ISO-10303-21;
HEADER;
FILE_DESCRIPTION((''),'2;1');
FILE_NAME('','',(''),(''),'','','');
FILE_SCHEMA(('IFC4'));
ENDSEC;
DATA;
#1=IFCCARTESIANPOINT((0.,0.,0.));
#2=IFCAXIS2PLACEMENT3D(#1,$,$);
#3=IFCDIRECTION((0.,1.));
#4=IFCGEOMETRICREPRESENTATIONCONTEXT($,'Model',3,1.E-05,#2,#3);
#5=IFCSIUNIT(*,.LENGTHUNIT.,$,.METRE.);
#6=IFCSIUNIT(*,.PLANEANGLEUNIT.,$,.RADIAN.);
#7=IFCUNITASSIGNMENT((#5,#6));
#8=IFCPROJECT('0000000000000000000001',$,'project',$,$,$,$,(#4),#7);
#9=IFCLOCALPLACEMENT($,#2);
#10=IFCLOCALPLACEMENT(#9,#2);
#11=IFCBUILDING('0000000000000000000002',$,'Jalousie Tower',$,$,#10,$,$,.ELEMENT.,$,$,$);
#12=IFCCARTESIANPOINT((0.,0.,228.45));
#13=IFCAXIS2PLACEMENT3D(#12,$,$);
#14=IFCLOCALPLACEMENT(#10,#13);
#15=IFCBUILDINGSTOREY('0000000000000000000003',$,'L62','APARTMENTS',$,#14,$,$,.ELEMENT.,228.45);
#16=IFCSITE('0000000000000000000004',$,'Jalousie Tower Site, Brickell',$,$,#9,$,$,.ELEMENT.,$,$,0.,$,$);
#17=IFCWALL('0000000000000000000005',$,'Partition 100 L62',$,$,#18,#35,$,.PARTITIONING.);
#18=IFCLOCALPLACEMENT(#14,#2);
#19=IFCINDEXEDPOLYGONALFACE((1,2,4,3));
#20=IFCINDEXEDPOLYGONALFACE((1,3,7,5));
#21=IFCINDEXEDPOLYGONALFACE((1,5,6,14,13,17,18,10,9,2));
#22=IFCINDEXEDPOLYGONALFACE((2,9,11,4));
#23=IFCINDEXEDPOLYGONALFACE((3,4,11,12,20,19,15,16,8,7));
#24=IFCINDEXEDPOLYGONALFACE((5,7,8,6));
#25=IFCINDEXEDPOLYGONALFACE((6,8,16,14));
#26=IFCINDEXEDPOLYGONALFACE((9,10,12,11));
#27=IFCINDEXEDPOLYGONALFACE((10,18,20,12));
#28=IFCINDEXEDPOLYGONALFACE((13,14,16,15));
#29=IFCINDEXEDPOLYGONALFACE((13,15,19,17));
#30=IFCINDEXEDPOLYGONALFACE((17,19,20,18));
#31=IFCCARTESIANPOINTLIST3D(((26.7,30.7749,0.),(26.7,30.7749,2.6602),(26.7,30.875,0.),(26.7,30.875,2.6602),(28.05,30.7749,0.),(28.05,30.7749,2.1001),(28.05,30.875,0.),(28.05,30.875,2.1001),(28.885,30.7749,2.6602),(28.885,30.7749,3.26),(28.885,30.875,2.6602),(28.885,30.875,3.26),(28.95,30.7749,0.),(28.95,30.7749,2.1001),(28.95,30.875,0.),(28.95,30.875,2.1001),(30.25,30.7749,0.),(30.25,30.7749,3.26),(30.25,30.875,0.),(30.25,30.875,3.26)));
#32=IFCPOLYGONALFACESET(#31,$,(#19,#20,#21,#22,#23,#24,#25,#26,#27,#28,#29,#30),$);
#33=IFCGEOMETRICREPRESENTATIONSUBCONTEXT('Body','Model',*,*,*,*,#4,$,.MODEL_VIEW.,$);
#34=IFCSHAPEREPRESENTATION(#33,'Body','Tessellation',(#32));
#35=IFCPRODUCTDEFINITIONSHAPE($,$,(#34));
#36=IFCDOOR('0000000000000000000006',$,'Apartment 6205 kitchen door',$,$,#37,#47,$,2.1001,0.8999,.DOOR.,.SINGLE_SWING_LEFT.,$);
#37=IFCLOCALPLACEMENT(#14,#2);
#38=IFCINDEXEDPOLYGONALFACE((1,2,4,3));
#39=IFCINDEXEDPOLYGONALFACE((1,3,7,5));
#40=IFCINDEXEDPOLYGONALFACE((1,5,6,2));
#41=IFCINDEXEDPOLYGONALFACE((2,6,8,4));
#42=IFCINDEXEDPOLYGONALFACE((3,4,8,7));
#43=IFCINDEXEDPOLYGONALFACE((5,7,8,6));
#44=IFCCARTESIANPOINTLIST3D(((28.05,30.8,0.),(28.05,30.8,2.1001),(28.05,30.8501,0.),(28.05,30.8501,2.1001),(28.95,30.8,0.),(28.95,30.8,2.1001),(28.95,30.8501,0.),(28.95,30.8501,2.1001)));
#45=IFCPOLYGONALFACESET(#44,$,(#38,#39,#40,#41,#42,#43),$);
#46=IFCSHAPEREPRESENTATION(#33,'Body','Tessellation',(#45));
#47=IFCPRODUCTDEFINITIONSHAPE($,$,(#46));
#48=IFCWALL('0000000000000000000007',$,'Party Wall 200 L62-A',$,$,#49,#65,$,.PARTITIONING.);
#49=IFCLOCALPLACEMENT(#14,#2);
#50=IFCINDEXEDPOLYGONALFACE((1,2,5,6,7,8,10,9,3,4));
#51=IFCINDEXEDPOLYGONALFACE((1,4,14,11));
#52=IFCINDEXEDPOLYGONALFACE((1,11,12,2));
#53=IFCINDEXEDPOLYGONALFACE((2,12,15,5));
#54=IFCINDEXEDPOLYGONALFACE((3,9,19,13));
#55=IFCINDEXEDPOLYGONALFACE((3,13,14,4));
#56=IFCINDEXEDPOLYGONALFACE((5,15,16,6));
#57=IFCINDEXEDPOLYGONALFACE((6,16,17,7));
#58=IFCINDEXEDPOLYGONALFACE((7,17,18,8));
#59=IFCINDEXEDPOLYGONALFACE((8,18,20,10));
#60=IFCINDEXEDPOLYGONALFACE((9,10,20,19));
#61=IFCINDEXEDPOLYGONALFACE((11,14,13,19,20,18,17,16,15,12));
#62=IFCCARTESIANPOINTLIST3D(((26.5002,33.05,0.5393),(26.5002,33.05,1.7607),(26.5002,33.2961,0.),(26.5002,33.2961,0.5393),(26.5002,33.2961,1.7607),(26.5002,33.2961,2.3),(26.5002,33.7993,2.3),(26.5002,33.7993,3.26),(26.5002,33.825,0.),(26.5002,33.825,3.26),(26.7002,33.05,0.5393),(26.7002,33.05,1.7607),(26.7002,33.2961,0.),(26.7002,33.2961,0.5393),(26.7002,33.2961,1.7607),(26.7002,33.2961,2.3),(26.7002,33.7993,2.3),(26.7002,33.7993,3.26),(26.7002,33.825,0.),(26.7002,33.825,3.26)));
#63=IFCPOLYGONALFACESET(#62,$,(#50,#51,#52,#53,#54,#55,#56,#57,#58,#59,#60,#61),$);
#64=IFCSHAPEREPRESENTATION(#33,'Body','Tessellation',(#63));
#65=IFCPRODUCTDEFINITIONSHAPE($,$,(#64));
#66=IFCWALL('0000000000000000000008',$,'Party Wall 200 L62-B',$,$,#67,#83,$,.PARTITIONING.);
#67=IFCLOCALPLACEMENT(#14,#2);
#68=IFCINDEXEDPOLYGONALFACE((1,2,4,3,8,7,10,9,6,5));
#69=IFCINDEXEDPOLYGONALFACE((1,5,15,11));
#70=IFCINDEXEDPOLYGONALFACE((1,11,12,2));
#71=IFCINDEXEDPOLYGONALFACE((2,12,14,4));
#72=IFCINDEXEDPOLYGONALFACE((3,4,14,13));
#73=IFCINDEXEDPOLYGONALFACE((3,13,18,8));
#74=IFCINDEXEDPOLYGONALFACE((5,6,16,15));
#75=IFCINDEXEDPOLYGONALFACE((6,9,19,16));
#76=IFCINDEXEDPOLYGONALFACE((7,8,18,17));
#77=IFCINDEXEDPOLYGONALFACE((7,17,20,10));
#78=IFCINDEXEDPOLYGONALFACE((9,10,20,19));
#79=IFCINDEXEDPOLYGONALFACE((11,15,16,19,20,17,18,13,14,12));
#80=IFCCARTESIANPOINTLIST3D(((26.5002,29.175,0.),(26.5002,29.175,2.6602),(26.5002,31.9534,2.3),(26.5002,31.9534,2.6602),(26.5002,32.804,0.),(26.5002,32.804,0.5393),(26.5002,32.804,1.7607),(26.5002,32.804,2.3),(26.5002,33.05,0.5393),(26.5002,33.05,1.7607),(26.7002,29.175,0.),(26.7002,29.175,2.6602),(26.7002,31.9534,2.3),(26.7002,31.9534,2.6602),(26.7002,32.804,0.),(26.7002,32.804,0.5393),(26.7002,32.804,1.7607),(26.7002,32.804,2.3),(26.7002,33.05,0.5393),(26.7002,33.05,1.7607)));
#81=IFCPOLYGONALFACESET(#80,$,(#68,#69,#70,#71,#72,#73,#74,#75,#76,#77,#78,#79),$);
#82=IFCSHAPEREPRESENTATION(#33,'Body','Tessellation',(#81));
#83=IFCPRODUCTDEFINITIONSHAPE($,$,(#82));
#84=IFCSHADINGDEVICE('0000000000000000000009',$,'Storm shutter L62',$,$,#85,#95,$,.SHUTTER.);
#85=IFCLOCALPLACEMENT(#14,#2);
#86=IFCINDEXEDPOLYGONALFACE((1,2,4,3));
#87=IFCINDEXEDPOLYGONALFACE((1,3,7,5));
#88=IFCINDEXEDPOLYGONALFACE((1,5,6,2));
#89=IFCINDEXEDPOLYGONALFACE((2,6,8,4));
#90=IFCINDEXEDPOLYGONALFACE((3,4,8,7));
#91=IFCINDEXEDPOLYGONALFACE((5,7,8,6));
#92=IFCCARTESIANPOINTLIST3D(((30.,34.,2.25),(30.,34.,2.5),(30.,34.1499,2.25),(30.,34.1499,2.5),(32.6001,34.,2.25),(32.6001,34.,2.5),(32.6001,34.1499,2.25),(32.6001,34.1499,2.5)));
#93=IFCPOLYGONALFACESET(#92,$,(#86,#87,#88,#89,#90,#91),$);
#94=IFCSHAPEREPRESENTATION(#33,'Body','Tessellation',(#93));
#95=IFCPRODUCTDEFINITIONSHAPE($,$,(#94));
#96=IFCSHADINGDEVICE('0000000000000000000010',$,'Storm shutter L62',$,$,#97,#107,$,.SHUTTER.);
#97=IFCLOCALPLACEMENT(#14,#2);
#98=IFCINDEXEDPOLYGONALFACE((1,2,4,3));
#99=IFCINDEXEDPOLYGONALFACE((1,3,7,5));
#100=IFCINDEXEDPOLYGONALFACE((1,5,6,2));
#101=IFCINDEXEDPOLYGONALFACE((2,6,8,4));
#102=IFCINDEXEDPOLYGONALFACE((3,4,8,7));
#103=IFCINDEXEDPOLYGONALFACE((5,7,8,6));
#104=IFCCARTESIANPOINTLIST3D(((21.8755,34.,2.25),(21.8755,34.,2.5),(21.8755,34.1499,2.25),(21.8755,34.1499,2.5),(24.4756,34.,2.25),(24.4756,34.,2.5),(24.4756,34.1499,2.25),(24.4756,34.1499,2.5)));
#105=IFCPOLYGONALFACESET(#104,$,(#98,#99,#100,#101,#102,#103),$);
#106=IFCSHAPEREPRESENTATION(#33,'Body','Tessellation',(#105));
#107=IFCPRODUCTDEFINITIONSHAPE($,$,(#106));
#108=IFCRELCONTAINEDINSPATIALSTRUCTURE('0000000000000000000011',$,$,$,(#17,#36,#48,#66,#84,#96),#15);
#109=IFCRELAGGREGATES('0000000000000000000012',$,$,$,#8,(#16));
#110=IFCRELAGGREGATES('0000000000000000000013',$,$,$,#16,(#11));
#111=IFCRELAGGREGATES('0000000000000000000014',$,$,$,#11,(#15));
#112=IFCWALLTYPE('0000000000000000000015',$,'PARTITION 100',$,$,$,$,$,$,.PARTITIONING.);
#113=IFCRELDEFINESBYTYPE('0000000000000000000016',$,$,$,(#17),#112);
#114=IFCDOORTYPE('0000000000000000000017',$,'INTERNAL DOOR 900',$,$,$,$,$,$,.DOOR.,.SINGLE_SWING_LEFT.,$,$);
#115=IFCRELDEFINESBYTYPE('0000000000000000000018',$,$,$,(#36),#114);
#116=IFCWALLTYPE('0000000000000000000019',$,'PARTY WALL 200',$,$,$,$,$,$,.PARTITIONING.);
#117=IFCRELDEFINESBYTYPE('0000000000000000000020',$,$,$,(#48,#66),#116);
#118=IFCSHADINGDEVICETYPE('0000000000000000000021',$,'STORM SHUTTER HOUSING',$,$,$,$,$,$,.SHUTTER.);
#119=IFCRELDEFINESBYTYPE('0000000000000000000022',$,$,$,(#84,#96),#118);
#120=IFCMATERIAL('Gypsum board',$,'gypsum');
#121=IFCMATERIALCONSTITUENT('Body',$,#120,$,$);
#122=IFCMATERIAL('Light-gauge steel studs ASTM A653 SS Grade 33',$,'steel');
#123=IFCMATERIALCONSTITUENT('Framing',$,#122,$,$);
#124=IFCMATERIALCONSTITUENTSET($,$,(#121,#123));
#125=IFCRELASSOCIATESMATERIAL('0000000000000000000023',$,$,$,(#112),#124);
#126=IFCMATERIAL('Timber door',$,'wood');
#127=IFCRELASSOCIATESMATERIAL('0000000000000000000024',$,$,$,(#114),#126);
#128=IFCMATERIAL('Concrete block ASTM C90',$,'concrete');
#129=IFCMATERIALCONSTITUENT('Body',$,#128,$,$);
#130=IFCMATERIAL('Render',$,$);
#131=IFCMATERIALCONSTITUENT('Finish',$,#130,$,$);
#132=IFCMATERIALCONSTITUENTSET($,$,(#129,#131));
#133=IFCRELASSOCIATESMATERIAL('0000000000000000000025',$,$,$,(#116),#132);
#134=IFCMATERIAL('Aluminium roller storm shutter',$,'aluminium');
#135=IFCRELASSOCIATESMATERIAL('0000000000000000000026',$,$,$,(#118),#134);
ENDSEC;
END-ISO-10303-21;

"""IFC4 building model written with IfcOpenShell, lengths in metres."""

from ifc_helpers import new_model, si_unit, direction, frame, frame_2d, origin, origin_2d, place, context, subcontext, project, spatial, polyline, rectangle, outline, extrude, material, constituent, constituent_set, type_object, element, fill, save


model = new_model("IFC4")

# Units and contexts
model_context = context("Model", 3, precision=1e-05, world=origin(), true_north=direction((0.0, 1.0)))
body_context = subcontext(model_context, "Body", "Model", "MODEL_VIEW")
ifc_project = project(units=[si_unit("LENGTHUNIT", "METRE"), si_unit("PLANEANGLEUNIT", "RADIAN")], contexts=[model_context])

# Site, building, storey
site_placement = place(None, origin())
site = spatial("IfcSite", under=ifc_project, at=site_placement, Name="Jalousie Tower Site, Brickell", CompositionType="ELEMENT", RefElevation=0.0)
building_placement = place(site_placement, origin())
building = spatial("IfcBuilding", under=site, at=building_placement, Name="Jalousie Tower", CompositionType="ELEMENT")
storey_placement = place(building_placement, frame((0.0, 0.0, 228.45)))
storey = spatial("IfcBuildingStorey", under=building, at=storey_placement, Name="L62", Description="APARTMENTS", CompositionType="ELEMENT", Elevation=228.45)

# Wall, opening, door
ifc_material_1 = material(Name="Gypsum board", Category="gypsum")
ifc_constituent_1 = constituent(ifc_material_1, Name="Body")
ifc_material_2 = material(Name="Light-gauge steel studs ASTM A653 SS Grade 33", Category="steel")
ifc_constituent_2 = constituent(ifc_material_2, Name="Framing")
ifc_constituent_set_1 = constituent_set(constituents=[ifc_constituent_1, ifc_constituent_2])
wall_type_1 = type_object("IfcWallType", Name="PARTITION 100", PredefinedType="PARTITIONING", material=ifc_constituent_set_1)
wall_1_placement = place(storey_placement, frame((26.7, 30.825, 0.0), z_axis=(0.0, 0.0, 1.0), x_axis=(1.0, 0.0, 0.0)))
wall_1 = element("IfcWall", 1, at=wall_1_placement, inside=storey, type_object=wall_type_1, Name="Partition 100 L62", PredefinedType="PARTITIONING", context=body_context, shape_type="SweptSolid", body=[
    extrude(outline(polyline([(0.0, 0.0), (3.55, 0.0), (3.55, 3.26), (2.1851, 3.26), (2.1851, 2.6602), (0.0, 2.6602), (0.0, 3.26), (0.0, 0.0)])), frame((0.0, 0.05, 0.0), z_axis=(0.0, -1.0, 0.0), x_axis=(1.0, 0.0, 0.0)), (0.0, 0.0, 1.0), 0.1001),
])
opening_1_placement = place(wall_1_placement, frame((1.3501, 0.0, 0.0)))
opening_1 = element("IfcOpeningElement", 2, at=opening_1_placement, cuts=wall_1, PredefinedType="OPENING", context=body_context, shape_type="SweptSolid", body=[
    extrude(rectangle(XDim=0.8999, YDim=2.1001, at=frame_2d((0.45, 1.05))), frame((0.0, 0.0601, 0.0), z_axis=(0.0, -1.0, 0.0), x_axis=(1.0, 0.0, 0.0)), (0.0, 0.0, 1.0), 0.1201),
])
ifc_material_3 = material(Name="Timber door", Category="wood")
door_type_1 = type_object("IfcDoorType", Name="INTERNAL DOOR 900", OperationType="SINGLE_SWING_LEFT", PredefinedType="DOOR", material=ifc_material_3)
door_1_placement = place(opening_1_placement, frame((0.8999, 0.0, 0.0), z_axis=(0.0, 0.0, 1.0), x_axis=(-1.0, 0.0, 0.0)))
door_1 = element("IfcDoor", 3, at=door_1_placement, inside=storey, type_object=door_type_1, Name="Apartment 6205 kitchen door", OperationType="SINGLE_SWING_LEFT", OverallHeight=2.1001, OverallWidth=0.8999, PredefinedType="DOOR", context=body_context, shape_type="SweptSolid", body=[
    extrude(rectangle(XDim=0.8999, YDim=2.1001, at=frame_2d((0.45, 1.05))), frame((0.0, 0.0249, 0.0), z_axis=(0.0, -1.0, 0.0), x_axis=(1.0, 0.0, 0.0)), (0.0, 0.0, 1.0), 0.05),
])
fill(opening_1, door_1)

# Walls
ifc_material_4 = material(Name="Concrete block ASTM C90", Category="concrete")
ifc_constituent_3 = constituent(ifc_material_4, Name="Body")
ifc_material_5 = material(Name="Render")
ifc_constituent_4 = constituent(ifc_material_5, Name="Finish")
ifc_constituent_set_2 = constituent_set(constituents=[ifc_constituent_3, ifc_constituent_4])
wall_type_2 = type_object("IfcWallType", Name="PARTY WALL 200", PredefinedType="PARTITIONING", material=ifc_constituent_set_2)
wall_2_placement = place(storey_placement, frame((26.6001, 33.825, 0.0), z_axis=(0.0, 0.0, 1.0), x_axis=(0.0, -1.0, 0.0)))
element("IfcWall", 4, at=wall_2_placement, inside=storey, type_object=wall_type_2, Name="Party Wall 200 L62-A", PredefinedType="PARTITIONING", context=body_context, shape_type="SweptSolid", body=[
    extrude(outline(polyline([(0.0256, 2.3), (0.0256, 3.26), (0.0, 3.26), (0.0, 0.0), (0.5288, 0.0), (0.5288, 0.5393), (0.7749, 0.5393), (0.7749, 1.7607), (0.5288, 1.7607), (0.5288, 2.3), (0.0256, 2.3)])), frame((0.0, 0.1001, 0.0), z_axis=(0.0, -1.0, 0.0), x_axis=(1.0, 0.0, 0.0)), (0.0, 0.0, 1.0), 0.2),
])
wall_3_placement = place(storey_placement, frame((26.6001, 33.05, 0.0), z_axis=(0.0, 0.0, 1.0), x_axis=(0.0, -1.0, 0.0)))
element("IfcWall", 5, at=wall_3_placement, inside=storey, type_object=wall_type_2, Name="Party Wall 200 L62-B", PredefinedType="PARTITIONING", context=body_context, shape_type="SweptSolid", body=[
    extrude(outline(polyline([(0.2461, 2.3), (0.2461, 1.7607), (0.0, 1.7607), (0.0, 0.5393), (0.2461, 0.5393), (0.2461, 0.0), (3.875, 0.0), (3.875, 2.6602), (1.0967, 2.6602), (1.0967, 2.3), (0.2461, 2.3)])), frame((0.0, 0.1001, 0.0), z_axis=(0.0, -1.0, 0.0), x_axis=(1.0, 0.0, 0.0)), (0.0, 0.0, 1.0), 0.2),
])

# Shading devices
ifc_material_6 = material(Name="Aluminium roller storm shutter", Category="aluminium")
shading_device_type = type_object("IfcShadingDeviceType", Name="STORM SHUTTER HOUSING", PredefinedType="SHUTTER", material=ifc_material_6)
for number, where, z_axis, x_axis, name in (
    (6, (31.3, 34.075, 2.25), (0.0, 0.0, 1.0), (-1.0, 0.0, 0.0), "Storm shutter L62"),
    (7, (23.1755, 34.075, 2.25), (0.0, 0.0, 1.0), (-1.0, 0.0, 0.0), "Storm shutter L62"),
):
    element("IfcShadingDevice", number, at=place(storey_placement, frame(where, z_axis=z_axis, x_axis=x_axis)), inside=storey, type_object=shading_device_type, Name=name, PredefinedType="SHUTTER", context=body_context, shape_type="SweptSolid", body=[
        extrude(rectangle(XDim=2.6001, YDim=0.1499, at=origin_2d()), origin(), (0.0, 0.0, 1.0), 0.25),
    ])

save(model, "model.ifc")
